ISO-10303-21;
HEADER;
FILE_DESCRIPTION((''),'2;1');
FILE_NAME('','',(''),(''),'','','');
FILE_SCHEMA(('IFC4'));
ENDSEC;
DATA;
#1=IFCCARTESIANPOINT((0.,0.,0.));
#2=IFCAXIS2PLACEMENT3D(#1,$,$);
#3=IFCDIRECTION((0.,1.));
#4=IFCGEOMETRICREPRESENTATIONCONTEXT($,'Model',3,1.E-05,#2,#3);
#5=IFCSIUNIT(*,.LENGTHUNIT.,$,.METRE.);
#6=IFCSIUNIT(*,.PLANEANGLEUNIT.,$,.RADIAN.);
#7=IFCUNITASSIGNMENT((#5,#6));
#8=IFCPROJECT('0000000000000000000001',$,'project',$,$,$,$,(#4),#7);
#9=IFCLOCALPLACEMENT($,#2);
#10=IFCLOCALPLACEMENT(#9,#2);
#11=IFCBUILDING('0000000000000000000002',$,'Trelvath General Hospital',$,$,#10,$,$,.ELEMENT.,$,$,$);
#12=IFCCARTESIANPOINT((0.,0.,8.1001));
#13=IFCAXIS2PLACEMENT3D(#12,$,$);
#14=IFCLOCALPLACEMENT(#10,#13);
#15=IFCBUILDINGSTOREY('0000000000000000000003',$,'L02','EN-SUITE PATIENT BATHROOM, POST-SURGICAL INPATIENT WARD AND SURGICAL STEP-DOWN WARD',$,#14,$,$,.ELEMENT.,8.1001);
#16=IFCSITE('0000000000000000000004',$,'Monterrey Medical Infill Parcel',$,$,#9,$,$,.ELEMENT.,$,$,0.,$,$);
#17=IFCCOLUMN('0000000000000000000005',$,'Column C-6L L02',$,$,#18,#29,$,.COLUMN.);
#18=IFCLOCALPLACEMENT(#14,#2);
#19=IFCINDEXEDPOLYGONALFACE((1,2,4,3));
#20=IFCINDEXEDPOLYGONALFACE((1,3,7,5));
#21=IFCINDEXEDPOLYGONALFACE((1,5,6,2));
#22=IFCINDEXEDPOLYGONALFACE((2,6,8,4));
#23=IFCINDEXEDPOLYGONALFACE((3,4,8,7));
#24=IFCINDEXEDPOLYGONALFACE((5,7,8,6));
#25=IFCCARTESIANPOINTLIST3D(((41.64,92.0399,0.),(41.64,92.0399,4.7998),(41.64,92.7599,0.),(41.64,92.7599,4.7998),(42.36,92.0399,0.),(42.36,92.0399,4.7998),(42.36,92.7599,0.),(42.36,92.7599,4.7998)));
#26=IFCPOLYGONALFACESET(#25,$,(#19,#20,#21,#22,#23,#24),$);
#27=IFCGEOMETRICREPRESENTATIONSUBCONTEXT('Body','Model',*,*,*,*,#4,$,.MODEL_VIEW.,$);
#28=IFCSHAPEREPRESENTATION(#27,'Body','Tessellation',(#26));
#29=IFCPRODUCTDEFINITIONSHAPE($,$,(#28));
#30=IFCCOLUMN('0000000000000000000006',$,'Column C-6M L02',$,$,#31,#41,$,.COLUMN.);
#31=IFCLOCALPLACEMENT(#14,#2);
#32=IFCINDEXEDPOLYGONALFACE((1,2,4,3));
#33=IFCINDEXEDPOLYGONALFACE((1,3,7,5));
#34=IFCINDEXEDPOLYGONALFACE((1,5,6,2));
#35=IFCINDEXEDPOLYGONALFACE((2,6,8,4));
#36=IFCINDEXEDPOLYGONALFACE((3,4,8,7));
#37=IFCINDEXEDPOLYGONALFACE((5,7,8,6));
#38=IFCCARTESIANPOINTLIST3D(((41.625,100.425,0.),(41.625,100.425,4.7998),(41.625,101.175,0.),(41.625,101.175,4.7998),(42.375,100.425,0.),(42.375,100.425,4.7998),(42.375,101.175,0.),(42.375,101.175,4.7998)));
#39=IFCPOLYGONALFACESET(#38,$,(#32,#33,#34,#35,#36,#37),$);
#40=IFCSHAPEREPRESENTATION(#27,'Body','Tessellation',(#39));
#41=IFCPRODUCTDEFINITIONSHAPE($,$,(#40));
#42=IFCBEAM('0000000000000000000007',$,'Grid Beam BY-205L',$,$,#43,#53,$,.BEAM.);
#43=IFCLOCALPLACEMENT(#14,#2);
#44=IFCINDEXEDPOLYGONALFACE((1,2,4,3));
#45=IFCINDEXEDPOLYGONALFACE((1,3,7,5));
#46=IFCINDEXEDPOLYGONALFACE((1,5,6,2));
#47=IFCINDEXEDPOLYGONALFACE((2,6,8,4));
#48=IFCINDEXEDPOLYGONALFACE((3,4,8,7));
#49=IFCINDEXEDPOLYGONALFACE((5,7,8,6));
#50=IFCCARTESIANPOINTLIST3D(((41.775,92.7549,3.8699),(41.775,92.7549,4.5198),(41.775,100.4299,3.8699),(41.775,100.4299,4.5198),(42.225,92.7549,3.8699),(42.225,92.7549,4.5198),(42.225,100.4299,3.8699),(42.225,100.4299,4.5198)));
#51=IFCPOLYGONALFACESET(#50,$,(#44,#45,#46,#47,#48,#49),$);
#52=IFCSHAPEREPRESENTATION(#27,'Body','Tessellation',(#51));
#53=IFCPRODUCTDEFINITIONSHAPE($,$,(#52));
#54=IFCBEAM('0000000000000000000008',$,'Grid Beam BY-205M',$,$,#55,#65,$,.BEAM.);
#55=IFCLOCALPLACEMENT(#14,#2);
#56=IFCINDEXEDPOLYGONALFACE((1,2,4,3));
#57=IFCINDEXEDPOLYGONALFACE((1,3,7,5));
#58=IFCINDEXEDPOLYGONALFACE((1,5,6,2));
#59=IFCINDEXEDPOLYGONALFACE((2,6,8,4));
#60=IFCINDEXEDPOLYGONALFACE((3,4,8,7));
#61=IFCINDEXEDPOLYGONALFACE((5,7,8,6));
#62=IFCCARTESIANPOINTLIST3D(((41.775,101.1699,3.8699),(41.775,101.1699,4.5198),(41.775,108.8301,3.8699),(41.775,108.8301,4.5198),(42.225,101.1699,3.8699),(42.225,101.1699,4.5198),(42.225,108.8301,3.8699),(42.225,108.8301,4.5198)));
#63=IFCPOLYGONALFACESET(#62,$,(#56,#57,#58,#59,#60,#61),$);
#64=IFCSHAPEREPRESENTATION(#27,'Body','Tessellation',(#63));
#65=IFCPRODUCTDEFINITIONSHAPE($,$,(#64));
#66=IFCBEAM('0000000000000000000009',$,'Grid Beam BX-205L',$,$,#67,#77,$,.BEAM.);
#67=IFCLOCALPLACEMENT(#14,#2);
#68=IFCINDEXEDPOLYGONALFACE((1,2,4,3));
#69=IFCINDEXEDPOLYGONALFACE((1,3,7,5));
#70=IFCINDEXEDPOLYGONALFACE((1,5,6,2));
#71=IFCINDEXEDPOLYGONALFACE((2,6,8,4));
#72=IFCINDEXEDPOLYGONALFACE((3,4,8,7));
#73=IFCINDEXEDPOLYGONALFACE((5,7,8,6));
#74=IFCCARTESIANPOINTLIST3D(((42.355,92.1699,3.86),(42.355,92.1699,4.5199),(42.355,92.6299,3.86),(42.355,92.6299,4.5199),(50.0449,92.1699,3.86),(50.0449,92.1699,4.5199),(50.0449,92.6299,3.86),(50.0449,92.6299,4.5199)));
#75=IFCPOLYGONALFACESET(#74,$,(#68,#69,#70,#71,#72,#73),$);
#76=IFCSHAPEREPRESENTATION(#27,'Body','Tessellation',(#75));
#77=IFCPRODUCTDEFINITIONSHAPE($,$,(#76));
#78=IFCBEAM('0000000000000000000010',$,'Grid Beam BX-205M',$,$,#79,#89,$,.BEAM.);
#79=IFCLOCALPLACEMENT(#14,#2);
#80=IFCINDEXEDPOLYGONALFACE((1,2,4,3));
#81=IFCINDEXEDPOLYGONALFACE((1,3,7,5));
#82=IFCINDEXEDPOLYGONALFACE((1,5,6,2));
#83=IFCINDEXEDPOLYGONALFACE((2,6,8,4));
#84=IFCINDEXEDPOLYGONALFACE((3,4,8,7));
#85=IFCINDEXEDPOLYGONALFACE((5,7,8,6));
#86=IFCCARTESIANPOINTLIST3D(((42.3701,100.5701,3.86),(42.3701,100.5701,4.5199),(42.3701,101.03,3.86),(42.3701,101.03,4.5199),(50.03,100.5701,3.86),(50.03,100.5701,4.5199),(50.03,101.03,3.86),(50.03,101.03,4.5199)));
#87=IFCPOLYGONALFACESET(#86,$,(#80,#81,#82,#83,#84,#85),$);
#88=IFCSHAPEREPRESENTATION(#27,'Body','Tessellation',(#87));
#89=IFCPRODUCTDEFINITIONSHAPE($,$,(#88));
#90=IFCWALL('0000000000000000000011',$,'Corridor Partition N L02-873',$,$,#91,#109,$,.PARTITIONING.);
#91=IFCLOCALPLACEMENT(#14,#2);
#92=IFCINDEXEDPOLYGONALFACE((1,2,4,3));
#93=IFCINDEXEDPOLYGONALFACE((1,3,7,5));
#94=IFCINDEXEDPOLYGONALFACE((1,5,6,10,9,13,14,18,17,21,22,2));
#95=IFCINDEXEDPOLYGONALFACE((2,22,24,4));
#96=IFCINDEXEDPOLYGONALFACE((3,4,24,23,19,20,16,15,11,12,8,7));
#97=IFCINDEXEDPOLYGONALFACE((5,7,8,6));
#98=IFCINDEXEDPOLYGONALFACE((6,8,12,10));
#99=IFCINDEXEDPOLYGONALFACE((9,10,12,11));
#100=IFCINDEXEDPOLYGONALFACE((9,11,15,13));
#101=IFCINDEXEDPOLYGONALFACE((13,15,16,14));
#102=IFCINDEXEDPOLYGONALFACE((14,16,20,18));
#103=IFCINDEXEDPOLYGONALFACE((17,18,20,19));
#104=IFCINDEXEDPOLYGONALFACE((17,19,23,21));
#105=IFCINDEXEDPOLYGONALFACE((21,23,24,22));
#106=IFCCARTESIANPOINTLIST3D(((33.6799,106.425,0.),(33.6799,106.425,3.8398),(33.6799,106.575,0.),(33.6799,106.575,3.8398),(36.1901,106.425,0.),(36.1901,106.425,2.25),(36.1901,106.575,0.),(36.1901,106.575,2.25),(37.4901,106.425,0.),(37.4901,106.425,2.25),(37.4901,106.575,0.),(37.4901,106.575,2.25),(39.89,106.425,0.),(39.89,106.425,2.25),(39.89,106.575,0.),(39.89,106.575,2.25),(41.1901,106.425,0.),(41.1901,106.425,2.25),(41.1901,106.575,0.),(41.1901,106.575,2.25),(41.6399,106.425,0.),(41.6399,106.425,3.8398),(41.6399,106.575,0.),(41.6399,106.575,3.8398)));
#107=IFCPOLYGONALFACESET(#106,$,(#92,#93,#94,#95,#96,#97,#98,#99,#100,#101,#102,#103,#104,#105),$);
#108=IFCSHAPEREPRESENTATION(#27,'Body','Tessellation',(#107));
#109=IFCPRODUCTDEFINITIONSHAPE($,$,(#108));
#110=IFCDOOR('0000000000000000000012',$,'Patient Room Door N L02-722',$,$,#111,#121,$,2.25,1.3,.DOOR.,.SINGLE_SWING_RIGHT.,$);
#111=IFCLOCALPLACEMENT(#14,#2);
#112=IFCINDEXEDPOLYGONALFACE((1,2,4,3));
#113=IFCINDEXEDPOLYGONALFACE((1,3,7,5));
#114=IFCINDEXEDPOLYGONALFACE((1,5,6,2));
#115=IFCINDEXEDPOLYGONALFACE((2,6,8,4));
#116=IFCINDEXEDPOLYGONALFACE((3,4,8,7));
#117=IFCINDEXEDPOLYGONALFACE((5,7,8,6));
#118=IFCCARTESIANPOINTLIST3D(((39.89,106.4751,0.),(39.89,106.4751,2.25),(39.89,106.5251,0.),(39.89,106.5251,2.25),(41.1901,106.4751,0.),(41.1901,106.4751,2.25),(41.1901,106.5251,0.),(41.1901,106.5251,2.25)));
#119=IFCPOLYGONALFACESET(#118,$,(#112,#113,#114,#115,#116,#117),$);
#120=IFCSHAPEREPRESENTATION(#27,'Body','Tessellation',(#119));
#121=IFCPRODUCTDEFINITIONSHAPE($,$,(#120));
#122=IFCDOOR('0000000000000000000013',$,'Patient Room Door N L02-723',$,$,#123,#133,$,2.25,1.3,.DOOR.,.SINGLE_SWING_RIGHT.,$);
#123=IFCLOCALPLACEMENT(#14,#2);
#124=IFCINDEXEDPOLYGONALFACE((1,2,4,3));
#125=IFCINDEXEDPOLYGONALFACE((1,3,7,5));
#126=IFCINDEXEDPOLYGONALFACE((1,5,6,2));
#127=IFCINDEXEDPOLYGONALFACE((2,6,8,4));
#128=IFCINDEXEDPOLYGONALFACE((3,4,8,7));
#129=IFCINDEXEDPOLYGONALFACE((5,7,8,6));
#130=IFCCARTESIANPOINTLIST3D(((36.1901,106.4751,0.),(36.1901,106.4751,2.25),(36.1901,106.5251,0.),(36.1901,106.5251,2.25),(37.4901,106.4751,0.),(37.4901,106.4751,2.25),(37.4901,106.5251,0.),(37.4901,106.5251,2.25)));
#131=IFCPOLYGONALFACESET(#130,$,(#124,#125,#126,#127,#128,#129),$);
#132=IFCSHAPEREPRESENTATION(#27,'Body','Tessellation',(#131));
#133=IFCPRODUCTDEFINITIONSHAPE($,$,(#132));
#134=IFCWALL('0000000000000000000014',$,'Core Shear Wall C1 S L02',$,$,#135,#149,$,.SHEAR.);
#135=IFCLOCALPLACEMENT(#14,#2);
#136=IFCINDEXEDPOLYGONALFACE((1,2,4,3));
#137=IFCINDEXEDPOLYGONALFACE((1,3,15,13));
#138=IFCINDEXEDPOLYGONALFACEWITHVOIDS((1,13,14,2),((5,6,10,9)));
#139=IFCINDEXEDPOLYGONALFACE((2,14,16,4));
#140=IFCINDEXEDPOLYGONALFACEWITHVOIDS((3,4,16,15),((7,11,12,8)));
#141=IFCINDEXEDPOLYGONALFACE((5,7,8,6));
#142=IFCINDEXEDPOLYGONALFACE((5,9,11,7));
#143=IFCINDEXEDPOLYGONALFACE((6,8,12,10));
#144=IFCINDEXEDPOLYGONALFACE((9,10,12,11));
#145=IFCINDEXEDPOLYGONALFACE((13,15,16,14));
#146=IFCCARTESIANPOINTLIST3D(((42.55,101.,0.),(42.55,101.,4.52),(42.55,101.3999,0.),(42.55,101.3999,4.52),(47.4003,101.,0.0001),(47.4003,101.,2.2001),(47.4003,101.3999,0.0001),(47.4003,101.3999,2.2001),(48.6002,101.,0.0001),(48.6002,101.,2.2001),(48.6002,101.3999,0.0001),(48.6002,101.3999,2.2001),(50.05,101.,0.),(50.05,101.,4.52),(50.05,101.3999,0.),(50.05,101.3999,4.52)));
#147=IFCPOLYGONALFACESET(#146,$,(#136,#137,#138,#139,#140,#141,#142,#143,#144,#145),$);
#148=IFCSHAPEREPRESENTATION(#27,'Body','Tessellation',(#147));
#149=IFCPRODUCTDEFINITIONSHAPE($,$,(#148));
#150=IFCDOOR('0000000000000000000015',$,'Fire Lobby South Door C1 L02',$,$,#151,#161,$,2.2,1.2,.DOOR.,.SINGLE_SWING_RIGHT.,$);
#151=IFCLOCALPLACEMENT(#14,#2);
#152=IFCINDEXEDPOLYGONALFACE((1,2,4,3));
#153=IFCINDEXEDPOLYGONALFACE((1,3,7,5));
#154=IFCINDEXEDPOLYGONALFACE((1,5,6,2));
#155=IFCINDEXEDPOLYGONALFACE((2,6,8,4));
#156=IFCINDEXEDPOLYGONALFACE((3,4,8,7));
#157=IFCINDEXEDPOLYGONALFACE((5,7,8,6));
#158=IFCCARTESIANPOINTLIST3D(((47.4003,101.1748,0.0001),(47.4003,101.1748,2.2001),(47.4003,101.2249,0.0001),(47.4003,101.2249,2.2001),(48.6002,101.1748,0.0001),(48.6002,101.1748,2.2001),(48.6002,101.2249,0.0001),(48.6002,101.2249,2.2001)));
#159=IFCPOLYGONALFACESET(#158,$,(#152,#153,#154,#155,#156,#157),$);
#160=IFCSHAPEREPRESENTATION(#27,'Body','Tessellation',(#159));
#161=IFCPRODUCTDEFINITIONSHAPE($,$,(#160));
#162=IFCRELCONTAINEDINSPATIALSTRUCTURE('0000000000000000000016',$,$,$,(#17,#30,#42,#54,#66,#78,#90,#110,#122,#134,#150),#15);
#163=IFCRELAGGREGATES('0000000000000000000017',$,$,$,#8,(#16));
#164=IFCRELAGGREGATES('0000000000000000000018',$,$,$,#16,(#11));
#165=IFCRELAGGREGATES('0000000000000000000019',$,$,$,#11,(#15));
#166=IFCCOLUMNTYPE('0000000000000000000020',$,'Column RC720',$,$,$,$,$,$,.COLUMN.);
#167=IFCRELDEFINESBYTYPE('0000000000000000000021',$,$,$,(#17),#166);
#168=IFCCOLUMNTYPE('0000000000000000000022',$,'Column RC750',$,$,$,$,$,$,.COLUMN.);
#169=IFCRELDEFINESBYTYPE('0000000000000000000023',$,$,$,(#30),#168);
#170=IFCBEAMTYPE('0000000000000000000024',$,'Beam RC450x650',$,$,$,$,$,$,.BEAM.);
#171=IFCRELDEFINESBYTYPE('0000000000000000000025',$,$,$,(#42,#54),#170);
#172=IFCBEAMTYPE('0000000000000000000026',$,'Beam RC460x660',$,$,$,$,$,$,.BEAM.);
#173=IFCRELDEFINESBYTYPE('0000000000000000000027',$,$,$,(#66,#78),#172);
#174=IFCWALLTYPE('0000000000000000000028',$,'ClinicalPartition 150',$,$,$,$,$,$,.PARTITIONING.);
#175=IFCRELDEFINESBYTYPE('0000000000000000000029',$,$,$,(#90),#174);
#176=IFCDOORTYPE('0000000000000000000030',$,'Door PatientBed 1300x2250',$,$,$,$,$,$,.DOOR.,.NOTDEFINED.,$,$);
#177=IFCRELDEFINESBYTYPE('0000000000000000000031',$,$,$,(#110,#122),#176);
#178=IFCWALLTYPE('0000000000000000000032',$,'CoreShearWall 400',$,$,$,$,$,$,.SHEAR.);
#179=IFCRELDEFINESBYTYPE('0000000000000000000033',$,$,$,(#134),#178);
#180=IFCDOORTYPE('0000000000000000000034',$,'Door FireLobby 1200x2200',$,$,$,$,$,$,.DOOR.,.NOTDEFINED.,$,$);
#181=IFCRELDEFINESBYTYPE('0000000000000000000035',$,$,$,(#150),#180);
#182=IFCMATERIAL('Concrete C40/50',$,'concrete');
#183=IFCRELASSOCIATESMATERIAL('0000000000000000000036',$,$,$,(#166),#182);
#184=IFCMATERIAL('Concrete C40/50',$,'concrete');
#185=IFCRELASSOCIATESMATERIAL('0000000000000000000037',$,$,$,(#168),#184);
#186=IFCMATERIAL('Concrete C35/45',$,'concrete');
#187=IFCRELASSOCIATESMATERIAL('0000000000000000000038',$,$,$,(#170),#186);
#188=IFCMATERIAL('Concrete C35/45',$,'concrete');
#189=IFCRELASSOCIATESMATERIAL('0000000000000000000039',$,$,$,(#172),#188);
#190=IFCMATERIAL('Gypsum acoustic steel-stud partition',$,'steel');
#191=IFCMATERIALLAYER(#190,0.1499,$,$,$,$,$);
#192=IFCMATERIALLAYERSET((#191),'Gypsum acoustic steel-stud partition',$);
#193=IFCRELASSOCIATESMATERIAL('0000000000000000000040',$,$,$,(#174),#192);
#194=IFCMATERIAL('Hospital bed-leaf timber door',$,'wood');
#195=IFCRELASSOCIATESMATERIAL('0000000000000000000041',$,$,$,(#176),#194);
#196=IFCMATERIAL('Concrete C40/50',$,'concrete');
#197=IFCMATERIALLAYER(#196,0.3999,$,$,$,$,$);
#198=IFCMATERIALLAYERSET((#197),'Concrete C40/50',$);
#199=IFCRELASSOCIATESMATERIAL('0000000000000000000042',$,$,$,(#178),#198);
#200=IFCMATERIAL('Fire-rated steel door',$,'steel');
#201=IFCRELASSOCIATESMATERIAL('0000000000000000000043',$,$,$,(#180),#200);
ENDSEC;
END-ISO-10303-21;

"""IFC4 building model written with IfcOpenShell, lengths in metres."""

from ifc_helpers import new_model, si_unit, direction, frame, frame_2d, origin, origin_2d, place, context, subcontext, project, spatial, rectangle, extrude, material, layer, layer_set, material_profile, profile_set, type_object, element, fill, save


model = new_model("IFC4")

# Units and contexts
model_context = context("Model", 3, precision=1e-05, world=origin(), true_north=direction((0.0, 1.0)))
body_context = subcontext(model_context, "Body", "Model", "MODEL_VIEW")
ifc_project = project(units=[si_unit("LENGTHUNIT", "METRE"), si_unit("PLANEANGLEUNIT", "RADIAN")], contexts=[model_context])

# Site, building, storey
site_placement = place(None, origin())
site = spatial("IfcSite", under=ifc_project, at=site_placement, Name="Monterrey Medical Infill Parcel", CompositionType="ELEMENT", RefElevation=0.0)
building_placement = place(site_placement, origin())
building = spatial("IfcBuilding", under=site, at=building_placement, Name="Trelvath General Hospital", CompositionType="ELEMENT")
storey_placement = place(building_placement, frame((0.0, 0.0, 8.1001)))
storey = spatial("IfcBuildingStorey", under=building, at=storey_placement, Name="L02", Description="EN-SUITE PATIENT BATHROOM, POST-SURGICAL INPATIENT WARD AND SURGICAL STEP-DOWN WARD", CompositionType="ELEMENT", Elevation=8.1001)

# Columns
ifc_material_1 = material(Name="Concrete C40/50", Category="concrete")
ifc_material_profile_1 = material_profile(ifc_material_1, rectangle(XDim=0.72, YDim=0.72, at=origin_2d()), Name="RC720x720")
ifc_profile_set_1 = profile_set([ifc_material_profile_1], Name="Concrete C40/50")
column_type_1 = type_object("IfcColumnType", Name="Column RC720", PredefinedType="COLUMN", material=ifc_profile_set_1)
column_1_placement = place(storey_placement, frame((42.0, 92.3999, 0.0), z_axis=(0.0, 0.0, 1.0), x_axis=(1.0, 0.0, 0.0)))
element("IfcColumn", 1, at=column_1_placement, inside=storey, type_object=column_type_1, Name="Column C-6L L02", PredefinedType="COLUMN", context=body_context, shape_type="SweptSolid", body=[
    extrude(rectangle(XDim=0.72, YDim=0.72, at=origin_2d()), origin(), (0.0, 0.0, 1.0), 4.7998),
])
ifc_material_2 = material(Name="Concrete C40/50", Category="concrete")
ifc_material_profile_2 = material_profile(ifc_material_2, rectangle(XDim=0.75, YDim=0.75, at=origin_2d()), Name="RC750x750")
ifc_profile_set_2 = profile_set([ifc_material_profile_2], Name="Concrete C40/50")
column_type_2 = type_object("IfcColumnType", Name="Column RC750", PredefinedType="COLUMN", material=ifc_profile_set_2)
column_2_placement = place(storey_placement, frame((42.0, 100.8, 0.0), z_axis=(0.0, 0.0, 1.0), x_axis=(1.0, 0.0, 0.0)))
element("IfcColumn", 2, at=column_2_placement, inside=storey, type_object=column_type_2, Name="Column C-6M L02", PredefinedType="COLUMN", context=body_context, shape_type="SweptSolid", body=[
    extrude(rectangle(XDim=0.75, YDim=0.75, at=origin_2d()), origin(), (0.0, 0.0, 1.0), 4.7998),
])

# Beams
ifc_material_3 = material(Name="Concrete C35/45", Category="concrete")
ifc_material_profile_3 = material_profile(ifc_material_3, rectangle(XDim=0.45, YDim=0.6499, at=origin_2d()), Name="RCB450x650")
ifc_profile_set_3 = profile_set([ifc_material_profile_3], Name="Concrete C35/45")
beam_type_1 = type_object("IfcBeamType", Name="Beam RC450x650", PredefinedType="BEAM", material=ifc_profile_set_3)
beam_1_placement = place(storey_placement, frame((42.0, 92.7549, 4.1948), z_axis=(0.0, 1.0, 0.0), x_axis=(-1.0, 0.0, 0.0)))
element("IfcBeam", 3, at=beam_1_placement, inside=storey, type_object=beam_type_1, Name="Grid Beam BY-205L", PredefinedType="BEAM", context=body_context, shape_type="SweptSolid", body=[
    extrude(rectangle(XDim=0.45, YDim=0.6499, at=origin_2d()), origin(), (0.0, 0.0, 1.0), 7.675),
])
beam_2_placement = place(storey_placement, frame((42.0, 101.1699, 4.1948), z_axis=(0.0, 1.0, 0.0), x_axis=(-1.0, 0.0, 0.0)))
element("IfcBeam", 4, at=beam_2_placement, inside=storey, type_object=beam_type_1, Name="Grid Beam BY-205M", PredefinedType="BEAM", context=body_context, shape_type="SweptSolid", body=[
    extrude(rectangle(XDim=0.45, YDim=0.6499, at=origin_2d()), origin(), (0.0, 0.0, 1.0), 7.6602),
])
ifc_material_4 = material(Name="Concrete C35/45", Category="concrete")
ifc_material_profile_4 = material_profile(ifc_material_4, rectangle(XDim=0.46, YDim=0.6599, at=origin_2d()), Name="RCB460x660")
ifc_profile_set_4 = profile_set([ifc_material_profile_4], Name="Concrete C35/45")
beam_type_2 = type_object("IfcBeamType", Name="Beam RC460x660", PredefinedType="BEAM", material=ifc_profile_set_4)
beam_3_placement = place(storey_placement, frame((42.355, 92.3999, 4.1899), z_axis=(1.0, 0.0, 0.0), x_axis=(0.0, 1.0, 0.0)))
element("IfcBeam", 5, at=beam_3_placement, inside=storey, type_object=beam_type_2, Name="Grid Beam BX-205L", PredefinedType="BEAM", context=body_context, shape_type="SweptSolid", body=[
    extrude(rectangle(XDim=0.46, YDim=0.6599, at=origin_2d()), origin(), (0.0, 0.0, 1.0), 7.6899),
])
beam_4_placement = place(storey_placement, frame((42.3701, 100.8, 4.1899), z_axis=(1.0, 0.0, 0.0), x_axis=(0.0, 1.0, 0.0)))
element("IfcBeam", 6, at=beam_4_placement, inside=storey, type_object=beam_type_2, Name="Grid Beam BX-205M", PredefinedType="BEAM", context=body_context, shape_type="SweptSolid", body=[
    extrude(rectangle(XDim=0.46, YDim=0.6599, at=origin_2d()), origin(), (0.0, 0.0, 1.0), 7.6599),
])

# Shared definitions
ifc_material_5 = material(Name="Gypsum acoustic steel-stud partition", Category="steel")
ifc_layer_1 = layer(ifc_material_5, 0.1499)
ifc_layer_set_1 = layer_set([ifc_layer_1], Name="Gypsum acoustic steel-stud partition")
wall_type_1 = type_object("IfcWallType", Name="ClinicalPartition 150", PredefinedType="PARTITIONING", material=ifc_layer_set_1)

# Wall, openings, doors
wall_1_placement = place(storey_placement, frame((41.6399, 106.5, 0.0), z_axis=(0.0, 0.0, 1.0), x_axis=(-1.0, 0.0, 0.0)))
wall_1 = element("IfcWall", 7, at=wall_1_placement, inside=storey, type_object=wall_type_1, Name="Corridor Partition N L02-873", PredefinedType="PARTITIONING", context=body_context, shape_type="SweptSolid", body=[
    extrude(rectangle(XDim=7.96, YDim=0.1499, at=frame_2d((3.98, 0.0))), origin(), (0.0, 0.0, 1.0), 3.8398),
])
opening_1_placement = place(wall_1_placement, frame((0.45, 0.0, 0.0)))
opening_1 = element("IfcOpeningElement", 8, at=opening_1_placement, cuts=wall_1, PredefinedType="OPENING", context=body_context, shape_type="SweptSolid", body=[
    extrude(rectangle(XDim=1.3, YDim=2.25, at=frame_2d((0.6499, 1.125))), frame((0.0, 0.085, 0.0), z_axis=(0.0, -1.0, 0.0), x_axis=(1.0, 0.0, 0.0)), (0.0, 0.0, 1.0), 0.1699),
])
opening_2_placement = place(wall_1_placement, frame((4.1499, 0.0, 0.0)))
opening_2 = element("IfcOpeningElement", 9, at=opening_2_placement, cuts=wall_1, PredefinedType="OPENING", context=body_context, shape_type="SweptSolid", body=[
    extrude(rectangle(XDim=1.3, YDim=2.25, at=frame_2d((0.6499, 1.125))), frame((0.0, 0.085, 0.0), z_axis=(0.0, -1.0, 0.0), x_axis=(1.0, 0.0, 0.0)), (0.0, 0.0, 1.0), 0.1699),
])
ifc_material_6 = material(Name="Hospital bed-leaf timber door", Category="wood")
door_type_1 = type_object("IfcDoorType", Name="Door PatientBed 1300x2250", OperationType="NOTDEFINED", PredefinedType="DOOR", material=ifc_material_6)
door_1_placement = place(opening_1_placement, origin())
door_1 = element("IfcDoor", 10, at=door_1_placement, inside=storey, type_object=door_type_1, Name="Patient Room Door N L02-722", OperationType="SINGLE_SWING_RIGHT", OverallHeight=2.25, OverallWidth=1.3, PredefinedType="DOOR", context=body_context, shape_type="SweptSolid", body=[
    extrude(rectangle(XDim=1.3, YDim=2.25, at=frame_2d((0.6499, 1.125))), frame((0.0, 0.0249, 0.0), z_axis=(0.0, -1.0, 0.0), x_axis=(1.0, 0.0, 0.0)), (0.0, 0.0, 1.0), 0.05),
])
fill(opening_1, door_1)
door_2_placement = place(opening_2_placement, origin())
door_2 = element("IfcDoor", 11, at=door_2_placement, inside=storey, type_object=door_type_1, Name="Patient Room Door N L02-723", OperationType="SINGLE_SWING_RIGHT", OverallHeight=2.25, OverallWidth=1.3, PredefinedType="DOOR", context=body_context, shape_type="SweptSolid", body=[
    extrude(rectangle(XDim=1.3, YDim=2.25, at=frame_2d((0.6499, 1.125))), frame((0.0, 0.0249, 0.0), z_axis=(0.0, -1.0, 0.0), x_axis=(1.0, 0.0, 0.0)), (0.0, 0.0, 1.0), 0.05),
])
fill(opening_2, door_2)

# Wall, opening, door
ifc_material_7 = material(Name="Concrete C40/50", Category="concrete")
ifc_layer_2 = layer(ifc_material_7, 0.3999)
ifc_layer_set_2 = layer_set([ifc_layer_2], Name="Concrete C40/50")
wall_type_2 = type_object("IfcWallType", Name="CoreShearWall 400", PredefinedType="SHEAR", material=ifc_layer_set_2)
wall_2_placement = place(storey_placement, frame((42.55, 101.2, 0.0), z_axis=(0.0, 0.0, 1.0), x_axis=(1.0, 0.0, 0.0)))
wall_2 = element("IfcWall", 12, at=wall_2_placement, inside=storey, type_object=wall_type_2, Name="Core Shear Wall C1 S L02", PredefinedType="SHEAR", context=body_context, shape_type="SweptSolid", body=[
    extrude(rectangle(XDim=7.5, YDim=0.3999, at=frame_2d((3.75, 0.0))), origin(), (0.0, 0.0, 1.0), 4.52),
])
opening_3_placement = place(wall_2_placement, frame((4.8501, 0.0, 0.0)))
opening_3 = element("IfcOpeningElement", 13, at=opening_3_placement, cuts=wall_2, PredefinedType="OPENING", context=body_context, shape_type="SweptSolid", body=[
    extrude(rectangle(XDim=1.2, YDim=2.2, at=frame_2d((0.6001, 1.1001))), frame((0.0, 0.21, 0.0), z_axis=(0.0, -1.0, 0.0), x_axis=(1.0, 0.0, 0.0)), (0.0, 0.0, 1.0), 0.4199),
])
ifc_material_8 = material(Name="Fire-rated steel door", Category="steel")
door_type_2 = type_object("IfcDoorType", Name="Door FireLobby 1200x2200", OperationType="NOTDEFINED", PredefinedType="DOOR", material=ifc_material_8)
door_3_placement = place(opening_3_placement, origin())
door_3 = element("IfcDoor", 14, at=door_3_placement, inside=storey, type_object=door_type_2, Name="Fire Lobby South Door C1 L02", OperationType="SINGLE_SWING_RIGHT", OverallHeight=2.2, OverallWidth=1.2, PredefinedType="DOOR", context=body_context, shape_type="SweptSolid", body=[
    extrude(rectangle(XDim=1.2, YDim=2.2, at=frame_2d((0.6001, 1.1001))), frame((0.0, 0.0249, 0.0), z_axis=(0.0, -1.0, 0.0), x_axis=(1.0, 0.0, 0.0)), (0.0, 0.0, 1.0), 0.05),
])
fill(opening_3, door_3)

save(model, "model.ifc")
